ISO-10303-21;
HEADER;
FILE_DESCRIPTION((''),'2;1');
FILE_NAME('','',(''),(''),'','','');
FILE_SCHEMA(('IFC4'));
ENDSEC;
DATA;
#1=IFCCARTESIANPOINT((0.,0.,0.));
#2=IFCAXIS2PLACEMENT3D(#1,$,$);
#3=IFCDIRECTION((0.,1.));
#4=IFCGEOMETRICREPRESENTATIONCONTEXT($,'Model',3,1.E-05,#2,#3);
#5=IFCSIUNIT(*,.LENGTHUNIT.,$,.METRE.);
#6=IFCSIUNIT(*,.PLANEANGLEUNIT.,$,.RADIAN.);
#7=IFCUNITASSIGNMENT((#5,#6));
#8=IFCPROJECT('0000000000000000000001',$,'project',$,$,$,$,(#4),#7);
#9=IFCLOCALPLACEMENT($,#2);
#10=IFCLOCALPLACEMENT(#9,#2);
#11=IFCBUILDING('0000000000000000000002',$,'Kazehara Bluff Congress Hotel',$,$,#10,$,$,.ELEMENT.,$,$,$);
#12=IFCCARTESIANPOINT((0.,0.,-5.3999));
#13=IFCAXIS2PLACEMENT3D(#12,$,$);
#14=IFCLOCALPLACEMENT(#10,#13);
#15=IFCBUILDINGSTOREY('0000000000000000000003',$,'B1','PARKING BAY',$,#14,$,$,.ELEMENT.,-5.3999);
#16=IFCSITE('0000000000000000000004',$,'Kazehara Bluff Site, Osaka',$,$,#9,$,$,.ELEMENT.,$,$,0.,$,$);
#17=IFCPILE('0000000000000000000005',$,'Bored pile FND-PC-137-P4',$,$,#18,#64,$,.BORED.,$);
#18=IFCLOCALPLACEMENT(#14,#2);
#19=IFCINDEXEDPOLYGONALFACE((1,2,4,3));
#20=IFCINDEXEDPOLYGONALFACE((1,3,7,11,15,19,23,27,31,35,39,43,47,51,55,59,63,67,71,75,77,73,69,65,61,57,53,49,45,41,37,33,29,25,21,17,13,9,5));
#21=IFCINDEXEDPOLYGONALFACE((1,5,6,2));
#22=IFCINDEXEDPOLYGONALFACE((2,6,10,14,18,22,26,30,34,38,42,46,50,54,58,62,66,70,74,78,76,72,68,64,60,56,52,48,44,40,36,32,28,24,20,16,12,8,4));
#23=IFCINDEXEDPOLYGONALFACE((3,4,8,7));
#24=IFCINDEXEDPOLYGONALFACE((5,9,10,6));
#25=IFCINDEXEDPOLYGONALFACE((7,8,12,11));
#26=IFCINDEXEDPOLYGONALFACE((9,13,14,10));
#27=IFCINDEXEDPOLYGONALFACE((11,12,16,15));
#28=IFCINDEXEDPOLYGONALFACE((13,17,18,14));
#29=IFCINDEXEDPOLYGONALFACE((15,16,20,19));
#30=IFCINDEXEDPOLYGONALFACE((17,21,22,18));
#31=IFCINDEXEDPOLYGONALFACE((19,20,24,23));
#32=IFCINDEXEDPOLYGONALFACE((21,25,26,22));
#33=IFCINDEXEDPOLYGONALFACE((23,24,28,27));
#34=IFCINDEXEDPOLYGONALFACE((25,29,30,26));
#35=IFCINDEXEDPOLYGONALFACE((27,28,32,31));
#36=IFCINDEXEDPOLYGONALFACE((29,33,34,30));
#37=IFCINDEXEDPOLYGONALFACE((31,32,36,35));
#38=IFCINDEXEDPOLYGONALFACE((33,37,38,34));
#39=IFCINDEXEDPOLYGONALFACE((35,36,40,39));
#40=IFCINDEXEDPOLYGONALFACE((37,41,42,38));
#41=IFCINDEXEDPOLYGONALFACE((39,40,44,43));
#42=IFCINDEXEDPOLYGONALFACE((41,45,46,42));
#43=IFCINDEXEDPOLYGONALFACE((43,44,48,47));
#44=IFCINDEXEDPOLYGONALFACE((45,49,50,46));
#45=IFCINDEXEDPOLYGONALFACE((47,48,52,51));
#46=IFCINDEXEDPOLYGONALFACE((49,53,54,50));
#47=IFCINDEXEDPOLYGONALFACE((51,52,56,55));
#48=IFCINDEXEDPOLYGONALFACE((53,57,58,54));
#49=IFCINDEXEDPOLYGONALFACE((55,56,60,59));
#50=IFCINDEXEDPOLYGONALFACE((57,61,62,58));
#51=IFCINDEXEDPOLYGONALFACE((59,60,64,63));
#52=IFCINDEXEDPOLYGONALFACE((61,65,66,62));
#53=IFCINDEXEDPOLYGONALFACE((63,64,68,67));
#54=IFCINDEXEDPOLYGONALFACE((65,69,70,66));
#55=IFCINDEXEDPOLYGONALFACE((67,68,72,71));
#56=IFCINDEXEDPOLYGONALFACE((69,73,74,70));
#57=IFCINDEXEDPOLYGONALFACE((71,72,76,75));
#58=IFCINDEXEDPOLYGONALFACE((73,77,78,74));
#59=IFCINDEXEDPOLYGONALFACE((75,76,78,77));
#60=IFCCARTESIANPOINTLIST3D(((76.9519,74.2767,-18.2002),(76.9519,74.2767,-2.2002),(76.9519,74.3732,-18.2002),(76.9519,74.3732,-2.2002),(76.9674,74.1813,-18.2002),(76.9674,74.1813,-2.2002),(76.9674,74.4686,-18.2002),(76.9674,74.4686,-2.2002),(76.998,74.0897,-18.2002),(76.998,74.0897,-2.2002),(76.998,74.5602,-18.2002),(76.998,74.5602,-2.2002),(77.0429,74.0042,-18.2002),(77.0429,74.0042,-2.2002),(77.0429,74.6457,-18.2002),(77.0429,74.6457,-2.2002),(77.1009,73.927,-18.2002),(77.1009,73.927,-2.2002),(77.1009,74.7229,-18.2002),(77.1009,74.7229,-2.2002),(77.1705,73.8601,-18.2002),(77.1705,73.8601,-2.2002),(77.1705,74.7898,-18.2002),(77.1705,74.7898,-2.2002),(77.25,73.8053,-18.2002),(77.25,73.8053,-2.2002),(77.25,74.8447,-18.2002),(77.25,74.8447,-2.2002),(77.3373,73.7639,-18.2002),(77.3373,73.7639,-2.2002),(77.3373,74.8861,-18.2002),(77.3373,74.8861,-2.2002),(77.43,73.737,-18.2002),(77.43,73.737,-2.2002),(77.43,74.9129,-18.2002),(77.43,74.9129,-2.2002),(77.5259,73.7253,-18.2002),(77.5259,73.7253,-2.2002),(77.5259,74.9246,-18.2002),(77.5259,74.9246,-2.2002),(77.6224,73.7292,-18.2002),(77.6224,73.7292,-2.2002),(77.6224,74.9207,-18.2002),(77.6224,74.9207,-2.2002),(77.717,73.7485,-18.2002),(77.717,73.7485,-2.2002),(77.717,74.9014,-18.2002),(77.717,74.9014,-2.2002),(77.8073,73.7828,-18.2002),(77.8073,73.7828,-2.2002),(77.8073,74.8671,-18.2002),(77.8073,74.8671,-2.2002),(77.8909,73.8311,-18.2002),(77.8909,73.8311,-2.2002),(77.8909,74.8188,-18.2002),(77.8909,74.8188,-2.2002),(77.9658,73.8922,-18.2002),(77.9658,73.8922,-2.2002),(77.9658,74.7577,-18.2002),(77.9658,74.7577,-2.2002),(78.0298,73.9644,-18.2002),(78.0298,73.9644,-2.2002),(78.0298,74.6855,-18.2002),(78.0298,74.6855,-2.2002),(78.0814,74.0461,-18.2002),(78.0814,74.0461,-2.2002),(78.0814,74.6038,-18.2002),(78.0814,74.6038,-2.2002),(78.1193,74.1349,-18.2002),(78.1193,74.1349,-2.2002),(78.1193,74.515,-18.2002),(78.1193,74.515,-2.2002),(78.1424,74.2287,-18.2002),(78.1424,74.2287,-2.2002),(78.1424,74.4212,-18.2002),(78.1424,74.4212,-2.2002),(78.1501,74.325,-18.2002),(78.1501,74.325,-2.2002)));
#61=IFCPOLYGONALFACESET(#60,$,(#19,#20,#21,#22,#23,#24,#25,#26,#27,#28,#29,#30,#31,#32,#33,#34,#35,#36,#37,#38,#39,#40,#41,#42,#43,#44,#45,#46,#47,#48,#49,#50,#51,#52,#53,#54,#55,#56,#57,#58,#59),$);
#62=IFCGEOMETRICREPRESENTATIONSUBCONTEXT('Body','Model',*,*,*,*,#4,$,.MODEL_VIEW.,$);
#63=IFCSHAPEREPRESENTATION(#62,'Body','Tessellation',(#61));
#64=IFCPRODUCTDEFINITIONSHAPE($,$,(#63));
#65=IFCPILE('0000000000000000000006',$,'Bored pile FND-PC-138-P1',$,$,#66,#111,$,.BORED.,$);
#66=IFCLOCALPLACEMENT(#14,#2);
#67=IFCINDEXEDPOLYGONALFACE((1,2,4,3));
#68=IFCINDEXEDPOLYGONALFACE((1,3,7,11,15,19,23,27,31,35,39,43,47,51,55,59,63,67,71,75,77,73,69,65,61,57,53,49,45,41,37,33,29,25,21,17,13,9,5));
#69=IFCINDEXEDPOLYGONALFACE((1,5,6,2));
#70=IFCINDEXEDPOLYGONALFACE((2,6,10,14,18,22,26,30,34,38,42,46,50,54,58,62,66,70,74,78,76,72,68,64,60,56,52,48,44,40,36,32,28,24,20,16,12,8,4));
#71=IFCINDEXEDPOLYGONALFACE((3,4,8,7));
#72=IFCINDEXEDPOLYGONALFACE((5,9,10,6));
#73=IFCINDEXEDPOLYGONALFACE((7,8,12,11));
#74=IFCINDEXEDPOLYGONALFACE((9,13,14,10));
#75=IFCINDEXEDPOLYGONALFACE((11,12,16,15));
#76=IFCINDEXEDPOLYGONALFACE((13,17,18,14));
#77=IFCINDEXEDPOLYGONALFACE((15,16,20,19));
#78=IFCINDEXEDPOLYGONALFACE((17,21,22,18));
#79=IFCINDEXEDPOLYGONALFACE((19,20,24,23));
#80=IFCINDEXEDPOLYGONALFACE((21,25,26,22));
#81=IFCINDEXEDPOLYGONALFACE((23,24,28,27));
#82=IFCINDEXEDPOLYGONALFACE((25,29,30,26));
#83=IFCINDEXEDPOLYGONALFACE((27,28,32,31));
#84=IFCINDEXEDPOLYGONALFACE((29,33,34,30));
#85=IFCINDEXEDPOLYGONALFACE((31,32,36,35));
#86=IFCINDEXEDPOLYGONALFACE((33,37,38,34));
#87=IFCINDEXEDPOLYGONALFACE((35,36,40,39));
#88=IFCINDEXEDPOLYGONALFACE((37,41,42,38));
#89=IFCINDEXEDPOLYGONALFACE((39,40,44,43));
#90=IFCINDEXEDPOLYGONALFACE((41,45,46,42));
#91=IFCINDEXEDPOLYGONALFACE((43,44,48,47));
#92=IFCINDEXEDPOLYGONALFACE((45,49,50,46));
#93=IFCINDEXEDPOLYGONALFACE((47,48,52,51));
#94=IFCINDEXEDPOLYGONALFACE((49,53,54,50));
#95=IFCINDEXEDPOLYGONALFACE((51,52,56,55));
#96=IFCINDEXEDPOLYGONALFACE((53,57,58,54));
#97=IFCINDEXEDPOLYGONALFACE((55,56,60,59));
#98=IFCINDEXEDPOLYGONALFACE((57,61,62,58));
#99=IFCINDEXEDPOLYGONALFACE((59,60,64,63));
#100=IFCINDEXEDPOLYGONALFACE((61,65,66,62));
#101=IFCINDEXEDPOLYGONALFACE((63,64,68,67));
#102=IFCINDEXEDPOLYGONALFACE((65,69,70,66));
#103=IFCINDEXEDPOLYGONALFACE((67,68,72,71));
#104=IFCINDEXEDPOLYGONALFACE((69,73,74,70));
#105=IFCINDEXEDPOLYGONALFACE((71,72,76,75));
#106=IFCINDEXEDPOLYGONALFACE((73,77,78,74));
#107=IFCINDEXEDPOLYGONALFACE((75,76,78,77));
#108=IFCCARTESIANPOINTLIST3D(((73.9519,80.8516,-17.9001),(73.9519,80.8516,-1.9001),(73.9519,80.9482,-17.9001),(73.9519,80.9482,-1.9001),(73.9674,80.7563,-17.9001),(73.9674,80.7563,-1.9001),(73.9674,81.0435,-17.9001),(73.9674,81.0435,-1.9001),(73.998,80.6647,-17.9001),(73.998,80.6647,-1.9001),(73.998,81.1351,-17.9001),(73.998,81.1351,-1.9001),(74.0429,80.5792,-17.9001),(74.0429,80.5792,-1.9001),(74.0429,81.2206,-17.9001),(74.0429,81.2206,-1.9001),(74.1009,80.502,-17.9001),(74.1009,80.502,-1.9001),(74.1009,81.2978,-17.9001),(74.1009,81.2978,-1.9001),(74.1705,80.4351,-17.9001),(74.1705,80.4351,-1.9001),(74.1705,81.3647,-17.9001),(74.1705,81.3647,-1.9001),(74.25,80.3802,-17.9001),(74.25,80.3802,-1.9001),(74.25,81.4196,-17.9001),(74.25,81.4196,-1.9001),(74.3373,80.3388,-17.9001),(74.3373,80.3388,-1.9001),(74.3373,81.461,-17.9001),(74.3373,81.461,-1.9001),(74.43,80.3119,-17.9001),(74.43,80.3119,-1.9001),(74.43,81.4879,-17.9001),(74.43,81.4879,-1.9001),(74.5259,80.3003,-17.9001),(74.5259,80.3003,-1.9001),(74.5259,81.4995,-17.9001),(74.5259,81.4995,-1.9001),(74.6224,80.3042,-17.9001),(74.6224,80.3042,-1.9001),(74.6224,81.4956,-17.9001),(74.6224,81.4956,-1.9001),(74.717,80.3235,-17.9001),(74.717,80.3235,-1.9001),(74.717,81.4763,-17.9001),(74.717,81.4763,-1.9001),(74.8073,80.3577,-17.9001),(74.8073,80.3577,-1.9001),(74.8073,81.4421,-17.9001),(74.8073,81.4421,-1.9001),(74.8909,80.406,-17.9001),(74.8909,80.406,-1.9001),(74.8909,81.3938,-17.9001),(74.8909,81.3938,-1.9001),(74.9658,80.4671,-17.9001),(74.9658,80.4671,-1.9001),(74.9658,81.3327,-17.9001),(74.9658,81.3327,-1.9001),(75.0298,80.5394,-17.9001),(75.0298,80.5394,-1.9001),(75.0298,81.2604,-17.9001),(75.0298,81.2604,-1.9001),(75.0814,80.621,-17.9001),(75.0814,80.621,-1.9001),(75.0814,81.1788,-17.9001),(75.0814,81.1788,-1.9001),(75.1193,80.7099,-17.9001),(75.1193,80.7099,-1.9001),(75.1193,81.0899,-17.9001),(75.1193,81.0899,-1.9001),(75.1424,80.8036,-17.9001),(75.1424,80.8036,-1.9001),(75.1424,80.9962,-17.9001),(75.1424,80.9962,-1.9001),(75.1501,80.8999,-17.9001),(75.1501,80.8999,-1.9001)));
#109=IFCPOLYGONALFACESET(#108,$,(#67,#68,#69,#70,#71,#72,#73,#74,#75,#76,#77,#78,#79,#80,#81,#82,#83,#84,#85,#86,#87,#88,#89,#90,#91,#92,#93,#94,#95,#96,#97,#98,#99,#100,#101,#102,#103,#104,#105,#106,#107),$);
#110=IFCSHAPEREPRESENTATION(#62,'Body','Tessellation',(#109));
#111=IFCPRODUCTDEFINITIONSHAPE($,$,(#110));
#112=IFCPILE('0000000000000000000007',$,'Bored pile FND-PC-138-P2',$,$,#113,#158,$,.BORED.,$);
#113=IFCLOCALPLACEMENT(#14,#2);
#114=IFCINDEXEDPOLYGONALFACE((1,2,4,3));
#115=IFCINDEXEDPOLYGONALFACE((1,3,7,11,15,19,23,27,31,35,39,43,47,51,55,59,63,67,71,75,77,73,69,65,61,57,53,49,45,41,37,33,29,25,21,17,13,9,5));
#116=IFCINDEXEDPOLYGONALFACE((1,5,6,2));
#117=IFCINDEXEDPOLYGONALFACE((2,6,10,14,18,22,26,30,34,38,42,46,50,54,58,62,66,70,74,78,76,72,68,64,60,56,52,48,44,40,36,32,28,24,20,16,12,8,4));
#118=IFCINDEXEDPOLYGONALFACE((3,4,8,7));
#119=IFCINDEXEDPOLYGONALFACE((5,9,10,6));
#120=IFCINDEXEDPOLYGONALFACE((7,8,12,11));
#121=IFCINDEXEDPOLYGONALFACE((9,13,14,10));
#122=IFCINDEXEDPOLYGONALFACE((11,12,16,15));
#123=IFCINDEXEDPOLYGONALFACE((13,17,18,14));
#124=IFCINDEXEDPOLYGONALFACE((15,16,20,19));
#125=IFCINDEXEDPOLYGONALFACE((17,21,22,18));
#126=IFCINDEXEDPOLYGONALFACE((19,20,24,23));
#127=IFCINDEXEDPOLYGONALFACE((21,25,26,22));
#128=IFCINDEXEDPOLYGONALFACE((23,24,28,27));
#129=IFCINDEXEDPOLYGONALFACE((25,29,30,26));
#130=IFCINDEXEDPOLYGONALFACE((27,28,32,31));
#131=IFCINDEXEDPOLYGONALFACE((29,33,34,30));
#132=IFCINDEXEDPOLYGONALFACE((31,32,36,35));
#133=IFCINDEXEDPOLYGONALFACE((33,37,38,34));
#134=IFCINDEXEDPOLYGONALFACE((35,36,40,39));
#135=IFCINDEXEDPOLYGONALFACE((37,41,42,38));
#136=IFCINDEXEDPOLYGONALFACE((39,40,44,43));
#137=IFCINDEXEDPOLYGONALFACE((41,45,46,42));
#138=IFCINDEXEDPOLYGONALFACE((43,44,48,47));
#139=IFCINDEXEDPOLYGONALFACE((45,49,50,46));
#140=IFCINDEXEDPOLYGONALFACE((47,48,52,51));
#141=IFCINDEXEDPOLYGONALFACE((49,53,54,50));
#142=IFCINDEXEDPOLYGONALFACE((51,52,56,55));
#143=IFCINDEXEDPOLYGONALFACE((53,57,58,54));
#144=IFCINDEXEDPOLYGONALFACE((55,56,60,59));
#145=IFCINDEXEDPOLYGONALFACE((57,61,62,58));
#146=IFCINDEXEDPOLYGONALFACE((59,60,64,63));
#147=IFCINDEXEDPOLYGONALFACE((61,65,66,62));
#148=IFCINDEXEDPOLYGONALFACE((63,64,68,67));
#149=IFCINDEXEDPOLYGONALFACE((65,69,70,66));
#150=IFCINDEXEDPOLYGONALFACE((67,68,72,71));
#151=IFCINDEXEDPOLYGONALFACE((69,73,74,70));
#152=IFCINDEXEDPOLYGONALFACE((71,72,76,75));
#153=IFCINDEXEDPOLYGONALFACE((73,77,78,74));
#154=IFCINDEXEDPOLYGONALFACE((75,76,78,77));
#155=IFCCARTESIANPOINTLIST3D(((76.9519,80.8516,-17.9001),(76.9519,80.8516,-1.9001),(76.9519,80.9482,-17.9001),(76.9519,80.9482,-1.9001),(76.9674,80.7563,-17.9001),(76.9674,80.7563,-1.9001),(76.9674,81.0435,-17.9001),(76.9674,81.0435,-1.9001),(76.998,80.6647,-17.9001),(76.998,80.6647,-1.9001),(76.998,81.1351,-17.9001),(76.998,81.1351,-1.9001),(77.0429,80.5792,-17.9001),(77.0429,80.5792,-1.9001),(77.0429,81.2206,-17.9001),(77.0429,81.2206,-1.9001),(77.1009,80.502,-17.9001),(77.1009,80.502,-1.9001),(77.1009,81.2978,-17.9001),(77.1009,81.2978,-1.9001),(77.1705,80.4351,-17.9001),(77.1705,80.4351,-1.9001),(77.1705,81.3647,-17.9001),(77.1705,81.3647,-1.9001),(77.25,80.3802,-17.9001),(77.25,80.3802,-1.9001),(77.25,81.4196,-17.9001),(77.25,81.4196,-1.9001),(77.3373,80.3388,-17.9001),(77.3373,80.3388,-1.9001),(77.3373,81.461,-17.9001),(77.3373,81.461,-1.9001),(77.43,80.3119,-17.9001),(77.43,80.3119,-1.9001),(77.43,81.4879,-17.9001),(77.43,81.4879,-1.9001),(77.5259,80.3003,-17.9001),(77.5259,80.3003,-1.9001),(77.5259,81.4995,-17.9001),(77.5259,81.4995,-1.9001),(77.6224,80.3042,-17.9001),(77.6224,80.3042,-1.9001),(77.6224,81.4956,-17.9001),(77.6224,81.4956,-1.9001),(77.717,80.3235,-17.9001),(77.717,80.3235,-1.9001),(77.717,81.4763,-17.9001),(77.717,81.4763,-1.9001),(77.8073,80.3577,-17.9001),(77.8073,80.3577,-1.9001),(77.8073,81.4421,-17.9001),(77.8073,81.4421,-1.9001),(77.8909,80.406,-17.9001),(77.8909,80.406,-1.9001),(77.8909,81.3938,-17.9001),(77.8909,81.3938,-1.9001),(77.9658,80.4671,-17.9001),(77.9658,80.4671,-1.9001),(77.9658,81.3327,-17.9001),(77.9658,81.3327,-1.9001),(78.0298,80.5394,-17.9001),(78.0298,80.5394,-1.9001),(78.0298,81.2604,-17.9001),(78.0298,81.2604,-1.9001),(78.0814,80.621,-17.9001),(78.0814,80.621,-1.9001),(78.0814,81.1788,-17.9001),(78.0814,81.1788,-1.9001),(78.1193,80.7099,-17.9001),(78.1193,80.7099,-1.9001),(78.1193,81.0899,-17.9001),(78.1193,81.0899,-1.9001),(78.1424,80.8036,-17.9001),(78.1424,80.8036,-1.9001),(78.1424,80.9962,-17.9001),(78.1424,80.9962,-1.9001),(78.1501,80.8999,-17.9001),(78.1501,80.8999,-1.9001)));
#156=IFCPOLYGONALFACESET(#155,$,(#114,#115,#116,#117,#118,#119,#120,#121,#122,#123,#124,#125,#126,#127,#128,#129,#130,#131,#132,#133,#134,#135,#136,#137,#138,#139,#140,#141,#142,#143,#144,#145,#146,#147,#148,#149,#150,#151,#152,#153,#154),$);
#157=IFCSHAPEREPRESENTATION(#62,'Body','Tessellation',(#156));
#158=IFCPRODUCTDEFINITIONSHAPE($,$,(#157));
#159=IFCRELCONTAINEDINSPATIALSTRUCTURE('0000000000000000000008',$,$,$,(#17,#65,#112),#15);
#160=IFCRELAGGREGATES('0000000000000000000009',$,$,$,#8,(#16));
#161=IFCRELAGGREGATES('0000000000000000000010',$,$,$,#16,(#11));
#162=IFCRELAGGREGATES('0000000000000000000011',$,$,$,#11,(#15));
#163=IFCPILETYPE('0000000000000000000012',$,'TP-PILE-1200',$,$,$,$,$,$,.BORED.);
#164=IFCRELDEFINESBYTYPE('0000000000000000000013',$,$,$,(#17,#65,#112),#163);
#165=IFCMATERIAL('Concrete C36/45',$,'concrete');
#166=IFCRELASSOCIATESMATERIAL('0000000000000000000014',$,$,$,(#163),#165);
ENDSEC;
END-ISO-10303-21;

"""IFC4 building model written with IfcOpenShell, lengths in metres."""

from ifc_helpers import new_model, si_unit, direction, frame, origin, origin_2d, place, context, subcontext, project, spatial, circle, extrude, material, material_profile, profile_set, type_object, element, save


model = new_model("IFC4")

# Units and contexts
model_context = context("Model", 3, precision=1e-05, world=origin(), true_north=direction((0.0, 1.0)))
body_context = subcontext(model_context, "Body", "Model", "MODEL_VIEW")
ifc_project = project(units=[si_unit("LENGTHUNIT", "METRE"), si_unit("PLANEANGLEUNIT", "RADIAN")], contexts=[model_context])

# Site, building, storey
site_placement = place(None, origin())
site = spatial("IfcSite", under=ifc_project, at=site_placement, Name="Kazehara Bluff Site, Osaka", CompositionType="ELEMENT", RefElevation=0.0)
building_placement = place(site_placement, origin())
building = spatial("IfcBuilding", under=site, at=building_placement, Name="Kazehara Bluff Congress Hotel", CompositionType="ELEMENT")
storey_placement = place(building_placement, frame((0.0, 0.0, -5.3999)))
storey = spatial("IfcBuildingStorey", under=building, at=storey_placement, Name="B1", Description="PARKING BAY", CompositionType="ELEMENT", Elevation=-5.3999)

# Piles
ifc_material_1 = material(Name="Concrete C36/45", Category="concrete")
ifc_material_profile_1 = material_profile(ifc_material_1, circle(Radius=0.6001, at=origin_2d()))
ifc_profile_set_1 = profile_set([ifc_material_profile_1], Name="Concrete C36/45")
pile_type = type_object("IfcPileType", Name="TP-PILE-1200", PredefinedType="BORED", material=ifc_profile_set_1)
for number, where, z_axis, x_axis, name in (
    (1, (77.55, 74.325, -2.2002), (0.0, 0.0, -1.0), (1.0, 0.0, 0.0), "Bored pile FND-PC-137-P4"),
    (2, (74.55, 80.8999, -1.9001), (0.0, 0.0, -1.0), (1.0, 0.0, 0.0), "Bored pile FND-PC-138-P1"),
    (3, (77.55, 80.8999, -1.9001), (0.0, 0.0, -1.0), (1.0, 0.0, 0.0), "Bored pile FND-PC-138-P2"),
):
    element("IfcPile", number, at=place(storey_placement, frame(where, z_axis=z_axis, x_axis=x_axis)), inside=storey, type_object=pile_type, Name=name, PredefinedType="BORED", context=body_context, shape_type="SweptSolid", body=[
        extrude(circle(Radius=0.6001, at=origin_2d()), origin(), (0.0, 0.0, 1.0), 16.0),
    ])

save(model, "model.ifc")
